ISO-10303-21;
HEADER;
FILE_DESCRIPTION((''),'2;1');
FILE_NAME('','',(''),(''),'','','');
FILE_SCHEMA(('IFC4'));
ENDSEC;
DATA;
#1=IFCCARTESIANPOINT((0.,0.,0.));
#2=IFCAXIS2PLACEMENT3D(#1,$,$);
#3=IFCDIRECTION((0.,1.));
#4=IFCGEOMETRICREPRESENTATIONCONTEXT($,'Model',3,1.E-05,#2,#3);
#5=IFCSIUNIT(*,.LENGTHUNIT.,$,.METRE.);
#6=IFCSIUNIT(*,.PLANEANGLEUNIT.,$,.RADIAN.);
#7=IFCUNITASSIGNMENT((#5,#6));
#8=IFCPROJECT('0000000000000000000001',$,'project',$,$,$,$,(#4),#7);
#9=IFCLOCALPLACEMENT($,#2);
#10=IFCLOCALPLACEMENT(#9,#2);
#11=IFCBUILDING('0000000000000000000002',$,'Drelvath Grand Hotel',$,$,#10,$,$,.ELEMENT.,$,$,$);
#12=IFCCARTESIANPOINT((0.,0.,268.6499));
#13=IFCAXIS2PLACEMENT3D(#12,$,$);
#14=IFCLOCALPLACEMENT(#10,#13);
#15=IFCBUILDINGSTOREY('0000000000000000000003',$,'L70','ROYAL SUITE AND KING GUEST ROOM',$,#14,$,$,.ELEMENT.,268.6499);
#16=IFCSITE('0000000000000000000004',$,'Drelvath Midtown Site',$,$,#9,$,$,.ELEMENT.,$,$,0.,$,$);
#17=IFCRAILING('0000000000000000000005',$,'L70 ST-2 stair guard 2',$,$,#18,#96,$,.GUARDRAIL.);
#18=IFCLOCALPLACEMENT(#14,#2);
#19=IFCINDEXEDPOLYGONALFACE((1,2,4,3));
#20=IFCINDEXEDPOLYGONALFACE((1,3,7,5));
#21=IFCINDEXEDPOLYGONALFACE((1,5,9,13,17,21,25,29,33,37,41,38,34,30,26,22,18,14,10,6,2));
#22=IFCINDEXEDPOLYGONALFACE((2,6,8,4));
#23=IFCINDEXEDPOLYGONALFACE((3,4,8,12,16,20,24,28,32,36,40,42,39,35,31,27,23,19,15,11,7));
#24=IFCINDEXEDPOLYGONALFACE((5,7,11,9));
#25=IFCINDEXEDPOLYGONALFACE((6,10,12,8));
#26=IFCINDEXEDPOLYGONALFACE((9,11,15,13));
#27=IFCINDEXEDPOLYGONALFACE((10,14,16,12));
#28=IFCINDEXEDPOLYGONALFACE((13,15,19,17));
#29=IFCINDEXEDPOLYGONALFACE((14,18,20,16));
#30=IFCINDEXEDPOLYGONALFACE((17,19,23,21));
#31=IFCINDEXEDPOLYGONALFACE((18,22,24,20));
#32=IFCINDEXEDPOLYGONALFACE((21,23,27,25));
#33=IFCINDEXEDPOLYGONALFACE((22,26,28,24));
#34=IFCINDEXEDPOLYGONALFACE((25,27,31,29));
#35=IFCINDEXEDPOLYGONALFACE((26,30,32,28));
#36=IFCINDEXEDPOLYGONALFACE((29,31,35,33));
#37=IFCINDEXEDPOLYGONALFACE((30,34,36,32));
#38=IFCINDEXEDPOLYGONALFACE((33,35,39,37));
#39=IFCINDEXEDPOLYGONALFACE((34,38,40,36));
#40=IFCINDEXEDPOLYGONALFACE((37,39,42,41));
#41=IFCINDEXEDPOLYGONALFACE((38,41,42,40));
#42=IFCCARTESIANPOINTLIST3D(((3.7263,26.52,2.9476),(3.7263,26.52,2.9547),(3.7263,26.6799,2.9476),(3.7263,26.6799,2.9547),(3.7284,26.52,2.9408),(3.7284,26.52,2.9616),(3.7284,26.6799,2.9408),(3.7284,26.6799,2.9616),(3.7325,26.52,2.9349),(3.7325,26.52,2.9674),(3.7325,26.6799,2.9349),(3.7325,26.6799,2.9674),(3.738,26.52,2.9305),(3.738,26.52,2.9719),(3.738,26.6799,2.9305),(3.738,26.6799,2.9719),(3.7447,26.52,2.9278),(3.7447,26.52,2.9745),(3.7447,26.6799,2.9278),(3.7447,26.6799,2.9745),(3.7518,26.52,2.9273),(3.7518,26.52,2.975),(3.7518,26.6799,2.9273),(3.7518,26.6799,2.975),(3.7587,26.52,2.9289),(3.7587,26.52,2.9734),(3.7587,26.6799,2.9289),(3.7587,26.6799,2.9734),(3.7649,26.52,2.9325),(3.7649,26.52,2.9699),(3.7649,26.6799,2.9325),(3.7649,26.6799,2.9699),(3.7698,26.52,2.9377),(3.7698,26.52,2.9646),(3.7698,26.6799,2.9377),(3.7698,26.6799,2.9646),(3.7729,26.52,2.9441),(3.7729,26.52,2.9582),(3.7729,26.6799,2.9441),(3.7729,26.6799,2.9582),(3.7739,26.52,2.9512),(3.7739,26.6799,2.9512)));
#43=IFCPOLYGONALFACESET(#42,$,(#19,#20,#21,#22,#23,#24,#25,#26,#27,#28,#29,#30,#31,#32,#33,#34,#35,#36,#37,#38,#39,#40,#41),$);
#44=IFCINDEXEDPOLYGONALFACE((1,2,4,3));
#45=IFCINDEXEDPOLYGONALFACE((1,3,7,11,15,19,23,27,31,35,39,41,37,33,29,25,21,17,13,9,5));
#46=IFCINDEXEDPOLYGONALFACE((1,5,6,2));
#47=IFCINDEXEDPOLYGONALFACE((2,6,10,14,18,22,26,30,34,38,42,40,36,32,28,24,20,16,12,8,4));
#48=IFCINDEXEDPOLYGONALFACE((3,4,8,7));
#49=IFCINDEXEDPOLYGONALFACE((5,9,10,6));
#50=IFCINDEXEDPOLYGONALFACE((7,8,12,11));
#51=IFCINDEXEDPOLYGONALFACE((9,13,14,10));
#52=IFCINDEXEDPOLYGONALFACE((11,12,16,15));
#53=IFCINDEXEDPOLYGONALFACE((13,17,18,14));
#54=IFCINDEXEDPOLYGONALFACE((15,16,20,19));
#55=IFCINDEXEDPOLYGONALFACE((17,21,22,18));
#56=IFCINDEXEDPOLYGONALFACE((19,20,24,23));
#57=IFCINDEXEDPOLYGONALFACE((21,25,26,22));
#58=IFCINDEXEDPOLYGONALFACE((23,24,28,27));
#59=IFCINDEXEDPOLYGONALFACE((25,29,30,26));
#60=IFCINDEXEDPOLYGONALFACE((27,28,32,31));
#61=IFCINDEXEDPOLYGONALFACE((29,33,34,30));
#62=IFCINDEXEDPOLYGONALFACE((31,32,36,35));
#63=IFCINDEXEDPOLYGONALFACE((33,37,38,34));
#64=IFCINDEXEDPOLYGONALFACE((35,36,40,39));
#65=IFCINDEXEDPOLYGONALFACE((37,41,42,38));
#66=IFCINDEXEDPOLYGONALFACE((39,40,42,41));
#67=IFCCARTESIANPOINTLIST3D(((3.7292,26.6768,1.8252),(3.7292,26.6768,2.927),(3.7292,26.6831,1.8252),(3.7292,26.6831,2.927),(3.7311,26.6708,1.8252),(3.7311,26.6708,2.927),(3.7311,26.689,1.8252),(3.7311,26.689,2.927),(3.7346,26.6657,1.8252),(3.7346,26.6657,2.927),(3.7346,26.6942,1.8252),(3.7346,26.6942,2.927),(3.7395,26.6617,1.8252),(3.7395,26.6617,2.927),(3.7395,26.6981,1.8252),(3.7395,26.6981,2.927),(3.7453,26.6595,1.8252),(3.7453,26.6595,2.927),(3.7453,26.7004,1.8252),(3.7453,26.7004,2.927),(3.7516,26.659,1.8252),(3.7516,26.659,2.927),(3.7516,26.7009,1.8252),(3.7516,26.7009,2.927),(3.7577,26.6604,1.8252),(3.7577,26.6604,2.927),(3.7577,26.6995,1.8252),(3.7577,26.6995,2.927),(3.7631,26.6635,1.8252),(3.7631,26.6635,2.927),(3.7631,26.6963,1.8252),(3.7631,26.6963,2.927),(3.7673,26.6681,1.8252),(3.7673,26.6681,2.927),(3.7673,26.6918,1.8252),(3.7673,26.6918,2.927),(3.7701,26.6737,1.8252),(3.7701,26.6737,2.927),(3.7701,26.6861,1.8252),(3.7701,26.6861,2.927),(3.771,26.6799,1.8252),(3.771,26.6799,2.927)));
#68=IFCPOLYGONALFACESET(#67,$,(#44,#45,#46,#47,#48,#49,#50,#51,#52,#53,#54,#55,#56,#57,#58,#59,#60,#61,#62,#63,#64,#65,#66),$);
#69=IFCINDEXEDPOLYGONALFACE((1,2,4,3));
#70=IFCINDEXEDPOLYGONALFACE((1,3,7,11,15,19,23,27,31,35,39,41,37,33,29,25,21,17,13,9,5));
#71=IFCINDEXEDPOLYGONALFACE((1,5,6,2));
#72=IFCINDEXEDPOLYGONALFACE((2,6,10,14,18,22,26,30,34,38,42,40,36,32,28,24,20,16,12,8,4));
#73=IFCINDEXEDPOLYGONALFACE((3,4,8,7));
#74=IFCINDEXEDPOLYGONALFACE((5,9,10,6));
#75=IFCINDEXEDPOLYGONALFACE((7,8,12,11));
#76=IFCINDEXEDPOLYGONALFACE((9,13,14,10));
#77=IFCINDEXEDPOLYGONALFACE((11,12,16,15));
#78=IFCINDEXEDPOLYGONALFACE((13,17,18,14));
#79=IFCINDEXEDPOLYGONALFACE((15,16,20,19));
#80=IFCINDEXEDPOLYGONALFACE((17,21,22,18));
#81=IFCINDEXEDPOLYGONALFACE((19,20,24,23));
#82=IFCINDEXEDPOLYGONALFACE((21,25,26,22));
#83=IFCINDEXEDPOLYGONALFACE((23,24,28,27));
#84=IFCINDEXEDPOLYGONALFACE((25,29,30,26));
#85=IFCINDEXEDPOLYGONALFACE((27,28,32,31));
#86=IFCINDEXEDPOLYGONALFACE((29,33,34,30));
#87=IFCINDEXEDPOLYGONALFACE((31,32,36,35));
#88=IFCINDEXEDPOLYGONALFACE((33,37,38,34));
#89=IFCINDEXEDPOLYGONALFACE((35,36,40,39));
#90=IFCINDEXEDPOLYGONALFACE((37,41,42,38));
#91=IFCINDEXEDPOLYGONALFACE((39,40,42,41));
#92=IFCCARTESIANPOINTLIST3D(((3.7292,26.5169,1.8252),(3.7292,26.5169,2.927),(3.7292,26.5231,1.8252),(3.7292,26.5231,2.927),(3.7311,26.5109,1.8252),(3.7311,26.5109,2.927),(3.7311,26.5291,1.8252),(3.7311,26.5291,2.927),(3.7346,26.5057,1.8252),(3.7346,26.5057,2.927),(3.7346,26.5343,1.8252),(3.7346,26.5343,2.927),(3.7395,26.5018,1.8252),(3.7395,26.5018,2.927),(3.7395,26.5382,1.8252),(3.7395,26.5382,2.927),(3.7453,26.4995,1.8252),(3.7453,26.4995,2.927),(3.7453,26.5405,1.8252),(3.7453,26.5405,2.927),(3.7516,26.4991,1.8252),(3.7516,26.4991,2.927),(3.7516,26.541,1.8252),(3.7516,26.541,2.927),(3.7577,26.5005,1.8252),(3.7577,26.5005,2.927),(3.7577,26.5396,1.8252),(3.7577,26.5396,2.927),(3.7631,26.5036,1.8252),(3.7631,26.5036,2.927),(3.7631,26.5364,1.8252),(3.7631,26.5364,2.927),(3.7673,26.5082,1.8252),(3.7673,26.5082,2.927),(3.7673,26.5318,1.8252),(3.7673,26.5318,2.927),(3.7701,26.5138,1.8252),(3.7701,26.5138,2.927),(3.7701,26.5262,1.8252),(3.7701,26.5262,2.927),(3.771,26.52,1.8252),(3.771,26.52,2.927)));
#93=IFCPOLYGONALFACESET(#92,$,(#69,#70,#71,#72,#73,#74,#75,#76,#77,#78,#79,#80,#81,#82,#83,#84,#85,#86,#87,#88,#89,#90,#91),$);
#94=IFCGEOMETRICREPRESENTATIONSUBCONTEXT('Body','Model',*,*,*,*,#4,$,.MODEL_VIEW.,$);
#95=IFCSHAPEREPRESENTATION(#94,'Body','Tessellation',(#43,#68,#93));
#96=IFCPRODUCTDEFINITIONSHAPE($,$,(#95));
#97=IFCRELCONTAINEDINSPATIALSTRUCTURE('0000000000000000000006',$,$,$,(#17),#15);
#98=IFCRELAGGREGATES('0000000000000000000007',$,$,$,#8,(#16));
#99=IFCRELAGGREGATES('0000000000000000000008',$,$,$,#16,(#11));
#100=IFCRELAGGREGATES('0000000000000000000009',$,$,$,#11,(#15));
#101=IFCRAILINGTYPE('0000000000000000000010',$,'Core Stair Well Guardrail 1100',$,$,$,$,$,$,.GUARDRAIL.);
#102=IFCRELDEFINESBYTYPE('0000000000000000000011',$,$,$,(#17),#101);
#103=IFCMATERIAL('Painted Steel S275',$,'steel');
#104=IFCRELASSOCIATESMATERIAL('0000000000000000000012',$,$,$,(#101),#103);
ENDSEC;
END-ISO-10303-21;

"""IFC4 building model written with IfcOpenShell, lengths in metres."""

from ifc_helpers import new_model, si_unit, direction, frame, origin, origin_2d, place, context, subcontext, project, spatial, circle, extrude, material, type_object, element, save


model = new_model("IFC4")

# Units and contexts
model_context = context("Model", 3, precision=1e-05, world=origin(), true_north=direction((0.0, 1.0)))
body_context = subcontext(model_context, "Body", "Model", "MODEL_VIEW")
ifc_project = project(units=[si_unit("LENGTHUNIT", "METRE"), si_unit("PLANEANGLEUNIT", "RADIAN")], contexts=[model_context])

# Site, building, storey
site_placement = place(None, origin())
site = spatial("IfcSite", under=ifc_project, at=site_placement, Name="Drelvath Midtown Site", CompositionType="ELEMENT", RefElevation=0.0)
building_placement = place(site_placement, origin())
building = spatial("IfcBuilding", under=site, at=building_placement, Name="Drelvath Grand Hotel", CompositionType="ELEMENT")
storey_placement = place(building_placement, frame((0.0, 0.0, 268.6499)))
storey = spatial("IfcBuildingStorey", under=building, at=storey_placement, Name="L70", Description="ROYAL SUITE AND KING GUEST ROOM", CompositionType="ELEMENT", Elevation=268.6499)

# Railing
ifc_material_1 = material(Name="Painted Steel S275", Category="steel")
railing_type_1 = type_object("IfcRailingType", Name="Core Stair Well Guardrail 1100", PredefinedType="GUARDRAIL", material=ifc_material_1)
railing_1_placement = place(storey_placement, frame((3.75, 26.6799, 1.8252)))
element("IfcRailing", 1, at=railing_1_placement, inside=storey, type_object=railing_type_1, Name="L70 ST-2 stair guard 2", PredefinedType="GUARDRAIL", context=body_context, shape_type="SweptSolid", body=[
    extrude(circle(Radius=0.0239, at=origin_2d()), frame((0.0, 0.0, 1.126), z_axis=(0.0, -1.0, 0.0), x_axis=(1.0, 0.0, 0.0)), (0.0, 0.0, 1.0), 0.1599),
    extrude(circle(Radius=0.021, at=origin_2d()), origin(), (0.0, 0.0, 1.0), 1.1018),
    extrude(circle(Radius=0.021, at=origin_2d()), frame((0.0, -0.1599, 0.0)), (0.0, 0.0, 1.0), 1.1018),
])

save(model, "model.ifc")
